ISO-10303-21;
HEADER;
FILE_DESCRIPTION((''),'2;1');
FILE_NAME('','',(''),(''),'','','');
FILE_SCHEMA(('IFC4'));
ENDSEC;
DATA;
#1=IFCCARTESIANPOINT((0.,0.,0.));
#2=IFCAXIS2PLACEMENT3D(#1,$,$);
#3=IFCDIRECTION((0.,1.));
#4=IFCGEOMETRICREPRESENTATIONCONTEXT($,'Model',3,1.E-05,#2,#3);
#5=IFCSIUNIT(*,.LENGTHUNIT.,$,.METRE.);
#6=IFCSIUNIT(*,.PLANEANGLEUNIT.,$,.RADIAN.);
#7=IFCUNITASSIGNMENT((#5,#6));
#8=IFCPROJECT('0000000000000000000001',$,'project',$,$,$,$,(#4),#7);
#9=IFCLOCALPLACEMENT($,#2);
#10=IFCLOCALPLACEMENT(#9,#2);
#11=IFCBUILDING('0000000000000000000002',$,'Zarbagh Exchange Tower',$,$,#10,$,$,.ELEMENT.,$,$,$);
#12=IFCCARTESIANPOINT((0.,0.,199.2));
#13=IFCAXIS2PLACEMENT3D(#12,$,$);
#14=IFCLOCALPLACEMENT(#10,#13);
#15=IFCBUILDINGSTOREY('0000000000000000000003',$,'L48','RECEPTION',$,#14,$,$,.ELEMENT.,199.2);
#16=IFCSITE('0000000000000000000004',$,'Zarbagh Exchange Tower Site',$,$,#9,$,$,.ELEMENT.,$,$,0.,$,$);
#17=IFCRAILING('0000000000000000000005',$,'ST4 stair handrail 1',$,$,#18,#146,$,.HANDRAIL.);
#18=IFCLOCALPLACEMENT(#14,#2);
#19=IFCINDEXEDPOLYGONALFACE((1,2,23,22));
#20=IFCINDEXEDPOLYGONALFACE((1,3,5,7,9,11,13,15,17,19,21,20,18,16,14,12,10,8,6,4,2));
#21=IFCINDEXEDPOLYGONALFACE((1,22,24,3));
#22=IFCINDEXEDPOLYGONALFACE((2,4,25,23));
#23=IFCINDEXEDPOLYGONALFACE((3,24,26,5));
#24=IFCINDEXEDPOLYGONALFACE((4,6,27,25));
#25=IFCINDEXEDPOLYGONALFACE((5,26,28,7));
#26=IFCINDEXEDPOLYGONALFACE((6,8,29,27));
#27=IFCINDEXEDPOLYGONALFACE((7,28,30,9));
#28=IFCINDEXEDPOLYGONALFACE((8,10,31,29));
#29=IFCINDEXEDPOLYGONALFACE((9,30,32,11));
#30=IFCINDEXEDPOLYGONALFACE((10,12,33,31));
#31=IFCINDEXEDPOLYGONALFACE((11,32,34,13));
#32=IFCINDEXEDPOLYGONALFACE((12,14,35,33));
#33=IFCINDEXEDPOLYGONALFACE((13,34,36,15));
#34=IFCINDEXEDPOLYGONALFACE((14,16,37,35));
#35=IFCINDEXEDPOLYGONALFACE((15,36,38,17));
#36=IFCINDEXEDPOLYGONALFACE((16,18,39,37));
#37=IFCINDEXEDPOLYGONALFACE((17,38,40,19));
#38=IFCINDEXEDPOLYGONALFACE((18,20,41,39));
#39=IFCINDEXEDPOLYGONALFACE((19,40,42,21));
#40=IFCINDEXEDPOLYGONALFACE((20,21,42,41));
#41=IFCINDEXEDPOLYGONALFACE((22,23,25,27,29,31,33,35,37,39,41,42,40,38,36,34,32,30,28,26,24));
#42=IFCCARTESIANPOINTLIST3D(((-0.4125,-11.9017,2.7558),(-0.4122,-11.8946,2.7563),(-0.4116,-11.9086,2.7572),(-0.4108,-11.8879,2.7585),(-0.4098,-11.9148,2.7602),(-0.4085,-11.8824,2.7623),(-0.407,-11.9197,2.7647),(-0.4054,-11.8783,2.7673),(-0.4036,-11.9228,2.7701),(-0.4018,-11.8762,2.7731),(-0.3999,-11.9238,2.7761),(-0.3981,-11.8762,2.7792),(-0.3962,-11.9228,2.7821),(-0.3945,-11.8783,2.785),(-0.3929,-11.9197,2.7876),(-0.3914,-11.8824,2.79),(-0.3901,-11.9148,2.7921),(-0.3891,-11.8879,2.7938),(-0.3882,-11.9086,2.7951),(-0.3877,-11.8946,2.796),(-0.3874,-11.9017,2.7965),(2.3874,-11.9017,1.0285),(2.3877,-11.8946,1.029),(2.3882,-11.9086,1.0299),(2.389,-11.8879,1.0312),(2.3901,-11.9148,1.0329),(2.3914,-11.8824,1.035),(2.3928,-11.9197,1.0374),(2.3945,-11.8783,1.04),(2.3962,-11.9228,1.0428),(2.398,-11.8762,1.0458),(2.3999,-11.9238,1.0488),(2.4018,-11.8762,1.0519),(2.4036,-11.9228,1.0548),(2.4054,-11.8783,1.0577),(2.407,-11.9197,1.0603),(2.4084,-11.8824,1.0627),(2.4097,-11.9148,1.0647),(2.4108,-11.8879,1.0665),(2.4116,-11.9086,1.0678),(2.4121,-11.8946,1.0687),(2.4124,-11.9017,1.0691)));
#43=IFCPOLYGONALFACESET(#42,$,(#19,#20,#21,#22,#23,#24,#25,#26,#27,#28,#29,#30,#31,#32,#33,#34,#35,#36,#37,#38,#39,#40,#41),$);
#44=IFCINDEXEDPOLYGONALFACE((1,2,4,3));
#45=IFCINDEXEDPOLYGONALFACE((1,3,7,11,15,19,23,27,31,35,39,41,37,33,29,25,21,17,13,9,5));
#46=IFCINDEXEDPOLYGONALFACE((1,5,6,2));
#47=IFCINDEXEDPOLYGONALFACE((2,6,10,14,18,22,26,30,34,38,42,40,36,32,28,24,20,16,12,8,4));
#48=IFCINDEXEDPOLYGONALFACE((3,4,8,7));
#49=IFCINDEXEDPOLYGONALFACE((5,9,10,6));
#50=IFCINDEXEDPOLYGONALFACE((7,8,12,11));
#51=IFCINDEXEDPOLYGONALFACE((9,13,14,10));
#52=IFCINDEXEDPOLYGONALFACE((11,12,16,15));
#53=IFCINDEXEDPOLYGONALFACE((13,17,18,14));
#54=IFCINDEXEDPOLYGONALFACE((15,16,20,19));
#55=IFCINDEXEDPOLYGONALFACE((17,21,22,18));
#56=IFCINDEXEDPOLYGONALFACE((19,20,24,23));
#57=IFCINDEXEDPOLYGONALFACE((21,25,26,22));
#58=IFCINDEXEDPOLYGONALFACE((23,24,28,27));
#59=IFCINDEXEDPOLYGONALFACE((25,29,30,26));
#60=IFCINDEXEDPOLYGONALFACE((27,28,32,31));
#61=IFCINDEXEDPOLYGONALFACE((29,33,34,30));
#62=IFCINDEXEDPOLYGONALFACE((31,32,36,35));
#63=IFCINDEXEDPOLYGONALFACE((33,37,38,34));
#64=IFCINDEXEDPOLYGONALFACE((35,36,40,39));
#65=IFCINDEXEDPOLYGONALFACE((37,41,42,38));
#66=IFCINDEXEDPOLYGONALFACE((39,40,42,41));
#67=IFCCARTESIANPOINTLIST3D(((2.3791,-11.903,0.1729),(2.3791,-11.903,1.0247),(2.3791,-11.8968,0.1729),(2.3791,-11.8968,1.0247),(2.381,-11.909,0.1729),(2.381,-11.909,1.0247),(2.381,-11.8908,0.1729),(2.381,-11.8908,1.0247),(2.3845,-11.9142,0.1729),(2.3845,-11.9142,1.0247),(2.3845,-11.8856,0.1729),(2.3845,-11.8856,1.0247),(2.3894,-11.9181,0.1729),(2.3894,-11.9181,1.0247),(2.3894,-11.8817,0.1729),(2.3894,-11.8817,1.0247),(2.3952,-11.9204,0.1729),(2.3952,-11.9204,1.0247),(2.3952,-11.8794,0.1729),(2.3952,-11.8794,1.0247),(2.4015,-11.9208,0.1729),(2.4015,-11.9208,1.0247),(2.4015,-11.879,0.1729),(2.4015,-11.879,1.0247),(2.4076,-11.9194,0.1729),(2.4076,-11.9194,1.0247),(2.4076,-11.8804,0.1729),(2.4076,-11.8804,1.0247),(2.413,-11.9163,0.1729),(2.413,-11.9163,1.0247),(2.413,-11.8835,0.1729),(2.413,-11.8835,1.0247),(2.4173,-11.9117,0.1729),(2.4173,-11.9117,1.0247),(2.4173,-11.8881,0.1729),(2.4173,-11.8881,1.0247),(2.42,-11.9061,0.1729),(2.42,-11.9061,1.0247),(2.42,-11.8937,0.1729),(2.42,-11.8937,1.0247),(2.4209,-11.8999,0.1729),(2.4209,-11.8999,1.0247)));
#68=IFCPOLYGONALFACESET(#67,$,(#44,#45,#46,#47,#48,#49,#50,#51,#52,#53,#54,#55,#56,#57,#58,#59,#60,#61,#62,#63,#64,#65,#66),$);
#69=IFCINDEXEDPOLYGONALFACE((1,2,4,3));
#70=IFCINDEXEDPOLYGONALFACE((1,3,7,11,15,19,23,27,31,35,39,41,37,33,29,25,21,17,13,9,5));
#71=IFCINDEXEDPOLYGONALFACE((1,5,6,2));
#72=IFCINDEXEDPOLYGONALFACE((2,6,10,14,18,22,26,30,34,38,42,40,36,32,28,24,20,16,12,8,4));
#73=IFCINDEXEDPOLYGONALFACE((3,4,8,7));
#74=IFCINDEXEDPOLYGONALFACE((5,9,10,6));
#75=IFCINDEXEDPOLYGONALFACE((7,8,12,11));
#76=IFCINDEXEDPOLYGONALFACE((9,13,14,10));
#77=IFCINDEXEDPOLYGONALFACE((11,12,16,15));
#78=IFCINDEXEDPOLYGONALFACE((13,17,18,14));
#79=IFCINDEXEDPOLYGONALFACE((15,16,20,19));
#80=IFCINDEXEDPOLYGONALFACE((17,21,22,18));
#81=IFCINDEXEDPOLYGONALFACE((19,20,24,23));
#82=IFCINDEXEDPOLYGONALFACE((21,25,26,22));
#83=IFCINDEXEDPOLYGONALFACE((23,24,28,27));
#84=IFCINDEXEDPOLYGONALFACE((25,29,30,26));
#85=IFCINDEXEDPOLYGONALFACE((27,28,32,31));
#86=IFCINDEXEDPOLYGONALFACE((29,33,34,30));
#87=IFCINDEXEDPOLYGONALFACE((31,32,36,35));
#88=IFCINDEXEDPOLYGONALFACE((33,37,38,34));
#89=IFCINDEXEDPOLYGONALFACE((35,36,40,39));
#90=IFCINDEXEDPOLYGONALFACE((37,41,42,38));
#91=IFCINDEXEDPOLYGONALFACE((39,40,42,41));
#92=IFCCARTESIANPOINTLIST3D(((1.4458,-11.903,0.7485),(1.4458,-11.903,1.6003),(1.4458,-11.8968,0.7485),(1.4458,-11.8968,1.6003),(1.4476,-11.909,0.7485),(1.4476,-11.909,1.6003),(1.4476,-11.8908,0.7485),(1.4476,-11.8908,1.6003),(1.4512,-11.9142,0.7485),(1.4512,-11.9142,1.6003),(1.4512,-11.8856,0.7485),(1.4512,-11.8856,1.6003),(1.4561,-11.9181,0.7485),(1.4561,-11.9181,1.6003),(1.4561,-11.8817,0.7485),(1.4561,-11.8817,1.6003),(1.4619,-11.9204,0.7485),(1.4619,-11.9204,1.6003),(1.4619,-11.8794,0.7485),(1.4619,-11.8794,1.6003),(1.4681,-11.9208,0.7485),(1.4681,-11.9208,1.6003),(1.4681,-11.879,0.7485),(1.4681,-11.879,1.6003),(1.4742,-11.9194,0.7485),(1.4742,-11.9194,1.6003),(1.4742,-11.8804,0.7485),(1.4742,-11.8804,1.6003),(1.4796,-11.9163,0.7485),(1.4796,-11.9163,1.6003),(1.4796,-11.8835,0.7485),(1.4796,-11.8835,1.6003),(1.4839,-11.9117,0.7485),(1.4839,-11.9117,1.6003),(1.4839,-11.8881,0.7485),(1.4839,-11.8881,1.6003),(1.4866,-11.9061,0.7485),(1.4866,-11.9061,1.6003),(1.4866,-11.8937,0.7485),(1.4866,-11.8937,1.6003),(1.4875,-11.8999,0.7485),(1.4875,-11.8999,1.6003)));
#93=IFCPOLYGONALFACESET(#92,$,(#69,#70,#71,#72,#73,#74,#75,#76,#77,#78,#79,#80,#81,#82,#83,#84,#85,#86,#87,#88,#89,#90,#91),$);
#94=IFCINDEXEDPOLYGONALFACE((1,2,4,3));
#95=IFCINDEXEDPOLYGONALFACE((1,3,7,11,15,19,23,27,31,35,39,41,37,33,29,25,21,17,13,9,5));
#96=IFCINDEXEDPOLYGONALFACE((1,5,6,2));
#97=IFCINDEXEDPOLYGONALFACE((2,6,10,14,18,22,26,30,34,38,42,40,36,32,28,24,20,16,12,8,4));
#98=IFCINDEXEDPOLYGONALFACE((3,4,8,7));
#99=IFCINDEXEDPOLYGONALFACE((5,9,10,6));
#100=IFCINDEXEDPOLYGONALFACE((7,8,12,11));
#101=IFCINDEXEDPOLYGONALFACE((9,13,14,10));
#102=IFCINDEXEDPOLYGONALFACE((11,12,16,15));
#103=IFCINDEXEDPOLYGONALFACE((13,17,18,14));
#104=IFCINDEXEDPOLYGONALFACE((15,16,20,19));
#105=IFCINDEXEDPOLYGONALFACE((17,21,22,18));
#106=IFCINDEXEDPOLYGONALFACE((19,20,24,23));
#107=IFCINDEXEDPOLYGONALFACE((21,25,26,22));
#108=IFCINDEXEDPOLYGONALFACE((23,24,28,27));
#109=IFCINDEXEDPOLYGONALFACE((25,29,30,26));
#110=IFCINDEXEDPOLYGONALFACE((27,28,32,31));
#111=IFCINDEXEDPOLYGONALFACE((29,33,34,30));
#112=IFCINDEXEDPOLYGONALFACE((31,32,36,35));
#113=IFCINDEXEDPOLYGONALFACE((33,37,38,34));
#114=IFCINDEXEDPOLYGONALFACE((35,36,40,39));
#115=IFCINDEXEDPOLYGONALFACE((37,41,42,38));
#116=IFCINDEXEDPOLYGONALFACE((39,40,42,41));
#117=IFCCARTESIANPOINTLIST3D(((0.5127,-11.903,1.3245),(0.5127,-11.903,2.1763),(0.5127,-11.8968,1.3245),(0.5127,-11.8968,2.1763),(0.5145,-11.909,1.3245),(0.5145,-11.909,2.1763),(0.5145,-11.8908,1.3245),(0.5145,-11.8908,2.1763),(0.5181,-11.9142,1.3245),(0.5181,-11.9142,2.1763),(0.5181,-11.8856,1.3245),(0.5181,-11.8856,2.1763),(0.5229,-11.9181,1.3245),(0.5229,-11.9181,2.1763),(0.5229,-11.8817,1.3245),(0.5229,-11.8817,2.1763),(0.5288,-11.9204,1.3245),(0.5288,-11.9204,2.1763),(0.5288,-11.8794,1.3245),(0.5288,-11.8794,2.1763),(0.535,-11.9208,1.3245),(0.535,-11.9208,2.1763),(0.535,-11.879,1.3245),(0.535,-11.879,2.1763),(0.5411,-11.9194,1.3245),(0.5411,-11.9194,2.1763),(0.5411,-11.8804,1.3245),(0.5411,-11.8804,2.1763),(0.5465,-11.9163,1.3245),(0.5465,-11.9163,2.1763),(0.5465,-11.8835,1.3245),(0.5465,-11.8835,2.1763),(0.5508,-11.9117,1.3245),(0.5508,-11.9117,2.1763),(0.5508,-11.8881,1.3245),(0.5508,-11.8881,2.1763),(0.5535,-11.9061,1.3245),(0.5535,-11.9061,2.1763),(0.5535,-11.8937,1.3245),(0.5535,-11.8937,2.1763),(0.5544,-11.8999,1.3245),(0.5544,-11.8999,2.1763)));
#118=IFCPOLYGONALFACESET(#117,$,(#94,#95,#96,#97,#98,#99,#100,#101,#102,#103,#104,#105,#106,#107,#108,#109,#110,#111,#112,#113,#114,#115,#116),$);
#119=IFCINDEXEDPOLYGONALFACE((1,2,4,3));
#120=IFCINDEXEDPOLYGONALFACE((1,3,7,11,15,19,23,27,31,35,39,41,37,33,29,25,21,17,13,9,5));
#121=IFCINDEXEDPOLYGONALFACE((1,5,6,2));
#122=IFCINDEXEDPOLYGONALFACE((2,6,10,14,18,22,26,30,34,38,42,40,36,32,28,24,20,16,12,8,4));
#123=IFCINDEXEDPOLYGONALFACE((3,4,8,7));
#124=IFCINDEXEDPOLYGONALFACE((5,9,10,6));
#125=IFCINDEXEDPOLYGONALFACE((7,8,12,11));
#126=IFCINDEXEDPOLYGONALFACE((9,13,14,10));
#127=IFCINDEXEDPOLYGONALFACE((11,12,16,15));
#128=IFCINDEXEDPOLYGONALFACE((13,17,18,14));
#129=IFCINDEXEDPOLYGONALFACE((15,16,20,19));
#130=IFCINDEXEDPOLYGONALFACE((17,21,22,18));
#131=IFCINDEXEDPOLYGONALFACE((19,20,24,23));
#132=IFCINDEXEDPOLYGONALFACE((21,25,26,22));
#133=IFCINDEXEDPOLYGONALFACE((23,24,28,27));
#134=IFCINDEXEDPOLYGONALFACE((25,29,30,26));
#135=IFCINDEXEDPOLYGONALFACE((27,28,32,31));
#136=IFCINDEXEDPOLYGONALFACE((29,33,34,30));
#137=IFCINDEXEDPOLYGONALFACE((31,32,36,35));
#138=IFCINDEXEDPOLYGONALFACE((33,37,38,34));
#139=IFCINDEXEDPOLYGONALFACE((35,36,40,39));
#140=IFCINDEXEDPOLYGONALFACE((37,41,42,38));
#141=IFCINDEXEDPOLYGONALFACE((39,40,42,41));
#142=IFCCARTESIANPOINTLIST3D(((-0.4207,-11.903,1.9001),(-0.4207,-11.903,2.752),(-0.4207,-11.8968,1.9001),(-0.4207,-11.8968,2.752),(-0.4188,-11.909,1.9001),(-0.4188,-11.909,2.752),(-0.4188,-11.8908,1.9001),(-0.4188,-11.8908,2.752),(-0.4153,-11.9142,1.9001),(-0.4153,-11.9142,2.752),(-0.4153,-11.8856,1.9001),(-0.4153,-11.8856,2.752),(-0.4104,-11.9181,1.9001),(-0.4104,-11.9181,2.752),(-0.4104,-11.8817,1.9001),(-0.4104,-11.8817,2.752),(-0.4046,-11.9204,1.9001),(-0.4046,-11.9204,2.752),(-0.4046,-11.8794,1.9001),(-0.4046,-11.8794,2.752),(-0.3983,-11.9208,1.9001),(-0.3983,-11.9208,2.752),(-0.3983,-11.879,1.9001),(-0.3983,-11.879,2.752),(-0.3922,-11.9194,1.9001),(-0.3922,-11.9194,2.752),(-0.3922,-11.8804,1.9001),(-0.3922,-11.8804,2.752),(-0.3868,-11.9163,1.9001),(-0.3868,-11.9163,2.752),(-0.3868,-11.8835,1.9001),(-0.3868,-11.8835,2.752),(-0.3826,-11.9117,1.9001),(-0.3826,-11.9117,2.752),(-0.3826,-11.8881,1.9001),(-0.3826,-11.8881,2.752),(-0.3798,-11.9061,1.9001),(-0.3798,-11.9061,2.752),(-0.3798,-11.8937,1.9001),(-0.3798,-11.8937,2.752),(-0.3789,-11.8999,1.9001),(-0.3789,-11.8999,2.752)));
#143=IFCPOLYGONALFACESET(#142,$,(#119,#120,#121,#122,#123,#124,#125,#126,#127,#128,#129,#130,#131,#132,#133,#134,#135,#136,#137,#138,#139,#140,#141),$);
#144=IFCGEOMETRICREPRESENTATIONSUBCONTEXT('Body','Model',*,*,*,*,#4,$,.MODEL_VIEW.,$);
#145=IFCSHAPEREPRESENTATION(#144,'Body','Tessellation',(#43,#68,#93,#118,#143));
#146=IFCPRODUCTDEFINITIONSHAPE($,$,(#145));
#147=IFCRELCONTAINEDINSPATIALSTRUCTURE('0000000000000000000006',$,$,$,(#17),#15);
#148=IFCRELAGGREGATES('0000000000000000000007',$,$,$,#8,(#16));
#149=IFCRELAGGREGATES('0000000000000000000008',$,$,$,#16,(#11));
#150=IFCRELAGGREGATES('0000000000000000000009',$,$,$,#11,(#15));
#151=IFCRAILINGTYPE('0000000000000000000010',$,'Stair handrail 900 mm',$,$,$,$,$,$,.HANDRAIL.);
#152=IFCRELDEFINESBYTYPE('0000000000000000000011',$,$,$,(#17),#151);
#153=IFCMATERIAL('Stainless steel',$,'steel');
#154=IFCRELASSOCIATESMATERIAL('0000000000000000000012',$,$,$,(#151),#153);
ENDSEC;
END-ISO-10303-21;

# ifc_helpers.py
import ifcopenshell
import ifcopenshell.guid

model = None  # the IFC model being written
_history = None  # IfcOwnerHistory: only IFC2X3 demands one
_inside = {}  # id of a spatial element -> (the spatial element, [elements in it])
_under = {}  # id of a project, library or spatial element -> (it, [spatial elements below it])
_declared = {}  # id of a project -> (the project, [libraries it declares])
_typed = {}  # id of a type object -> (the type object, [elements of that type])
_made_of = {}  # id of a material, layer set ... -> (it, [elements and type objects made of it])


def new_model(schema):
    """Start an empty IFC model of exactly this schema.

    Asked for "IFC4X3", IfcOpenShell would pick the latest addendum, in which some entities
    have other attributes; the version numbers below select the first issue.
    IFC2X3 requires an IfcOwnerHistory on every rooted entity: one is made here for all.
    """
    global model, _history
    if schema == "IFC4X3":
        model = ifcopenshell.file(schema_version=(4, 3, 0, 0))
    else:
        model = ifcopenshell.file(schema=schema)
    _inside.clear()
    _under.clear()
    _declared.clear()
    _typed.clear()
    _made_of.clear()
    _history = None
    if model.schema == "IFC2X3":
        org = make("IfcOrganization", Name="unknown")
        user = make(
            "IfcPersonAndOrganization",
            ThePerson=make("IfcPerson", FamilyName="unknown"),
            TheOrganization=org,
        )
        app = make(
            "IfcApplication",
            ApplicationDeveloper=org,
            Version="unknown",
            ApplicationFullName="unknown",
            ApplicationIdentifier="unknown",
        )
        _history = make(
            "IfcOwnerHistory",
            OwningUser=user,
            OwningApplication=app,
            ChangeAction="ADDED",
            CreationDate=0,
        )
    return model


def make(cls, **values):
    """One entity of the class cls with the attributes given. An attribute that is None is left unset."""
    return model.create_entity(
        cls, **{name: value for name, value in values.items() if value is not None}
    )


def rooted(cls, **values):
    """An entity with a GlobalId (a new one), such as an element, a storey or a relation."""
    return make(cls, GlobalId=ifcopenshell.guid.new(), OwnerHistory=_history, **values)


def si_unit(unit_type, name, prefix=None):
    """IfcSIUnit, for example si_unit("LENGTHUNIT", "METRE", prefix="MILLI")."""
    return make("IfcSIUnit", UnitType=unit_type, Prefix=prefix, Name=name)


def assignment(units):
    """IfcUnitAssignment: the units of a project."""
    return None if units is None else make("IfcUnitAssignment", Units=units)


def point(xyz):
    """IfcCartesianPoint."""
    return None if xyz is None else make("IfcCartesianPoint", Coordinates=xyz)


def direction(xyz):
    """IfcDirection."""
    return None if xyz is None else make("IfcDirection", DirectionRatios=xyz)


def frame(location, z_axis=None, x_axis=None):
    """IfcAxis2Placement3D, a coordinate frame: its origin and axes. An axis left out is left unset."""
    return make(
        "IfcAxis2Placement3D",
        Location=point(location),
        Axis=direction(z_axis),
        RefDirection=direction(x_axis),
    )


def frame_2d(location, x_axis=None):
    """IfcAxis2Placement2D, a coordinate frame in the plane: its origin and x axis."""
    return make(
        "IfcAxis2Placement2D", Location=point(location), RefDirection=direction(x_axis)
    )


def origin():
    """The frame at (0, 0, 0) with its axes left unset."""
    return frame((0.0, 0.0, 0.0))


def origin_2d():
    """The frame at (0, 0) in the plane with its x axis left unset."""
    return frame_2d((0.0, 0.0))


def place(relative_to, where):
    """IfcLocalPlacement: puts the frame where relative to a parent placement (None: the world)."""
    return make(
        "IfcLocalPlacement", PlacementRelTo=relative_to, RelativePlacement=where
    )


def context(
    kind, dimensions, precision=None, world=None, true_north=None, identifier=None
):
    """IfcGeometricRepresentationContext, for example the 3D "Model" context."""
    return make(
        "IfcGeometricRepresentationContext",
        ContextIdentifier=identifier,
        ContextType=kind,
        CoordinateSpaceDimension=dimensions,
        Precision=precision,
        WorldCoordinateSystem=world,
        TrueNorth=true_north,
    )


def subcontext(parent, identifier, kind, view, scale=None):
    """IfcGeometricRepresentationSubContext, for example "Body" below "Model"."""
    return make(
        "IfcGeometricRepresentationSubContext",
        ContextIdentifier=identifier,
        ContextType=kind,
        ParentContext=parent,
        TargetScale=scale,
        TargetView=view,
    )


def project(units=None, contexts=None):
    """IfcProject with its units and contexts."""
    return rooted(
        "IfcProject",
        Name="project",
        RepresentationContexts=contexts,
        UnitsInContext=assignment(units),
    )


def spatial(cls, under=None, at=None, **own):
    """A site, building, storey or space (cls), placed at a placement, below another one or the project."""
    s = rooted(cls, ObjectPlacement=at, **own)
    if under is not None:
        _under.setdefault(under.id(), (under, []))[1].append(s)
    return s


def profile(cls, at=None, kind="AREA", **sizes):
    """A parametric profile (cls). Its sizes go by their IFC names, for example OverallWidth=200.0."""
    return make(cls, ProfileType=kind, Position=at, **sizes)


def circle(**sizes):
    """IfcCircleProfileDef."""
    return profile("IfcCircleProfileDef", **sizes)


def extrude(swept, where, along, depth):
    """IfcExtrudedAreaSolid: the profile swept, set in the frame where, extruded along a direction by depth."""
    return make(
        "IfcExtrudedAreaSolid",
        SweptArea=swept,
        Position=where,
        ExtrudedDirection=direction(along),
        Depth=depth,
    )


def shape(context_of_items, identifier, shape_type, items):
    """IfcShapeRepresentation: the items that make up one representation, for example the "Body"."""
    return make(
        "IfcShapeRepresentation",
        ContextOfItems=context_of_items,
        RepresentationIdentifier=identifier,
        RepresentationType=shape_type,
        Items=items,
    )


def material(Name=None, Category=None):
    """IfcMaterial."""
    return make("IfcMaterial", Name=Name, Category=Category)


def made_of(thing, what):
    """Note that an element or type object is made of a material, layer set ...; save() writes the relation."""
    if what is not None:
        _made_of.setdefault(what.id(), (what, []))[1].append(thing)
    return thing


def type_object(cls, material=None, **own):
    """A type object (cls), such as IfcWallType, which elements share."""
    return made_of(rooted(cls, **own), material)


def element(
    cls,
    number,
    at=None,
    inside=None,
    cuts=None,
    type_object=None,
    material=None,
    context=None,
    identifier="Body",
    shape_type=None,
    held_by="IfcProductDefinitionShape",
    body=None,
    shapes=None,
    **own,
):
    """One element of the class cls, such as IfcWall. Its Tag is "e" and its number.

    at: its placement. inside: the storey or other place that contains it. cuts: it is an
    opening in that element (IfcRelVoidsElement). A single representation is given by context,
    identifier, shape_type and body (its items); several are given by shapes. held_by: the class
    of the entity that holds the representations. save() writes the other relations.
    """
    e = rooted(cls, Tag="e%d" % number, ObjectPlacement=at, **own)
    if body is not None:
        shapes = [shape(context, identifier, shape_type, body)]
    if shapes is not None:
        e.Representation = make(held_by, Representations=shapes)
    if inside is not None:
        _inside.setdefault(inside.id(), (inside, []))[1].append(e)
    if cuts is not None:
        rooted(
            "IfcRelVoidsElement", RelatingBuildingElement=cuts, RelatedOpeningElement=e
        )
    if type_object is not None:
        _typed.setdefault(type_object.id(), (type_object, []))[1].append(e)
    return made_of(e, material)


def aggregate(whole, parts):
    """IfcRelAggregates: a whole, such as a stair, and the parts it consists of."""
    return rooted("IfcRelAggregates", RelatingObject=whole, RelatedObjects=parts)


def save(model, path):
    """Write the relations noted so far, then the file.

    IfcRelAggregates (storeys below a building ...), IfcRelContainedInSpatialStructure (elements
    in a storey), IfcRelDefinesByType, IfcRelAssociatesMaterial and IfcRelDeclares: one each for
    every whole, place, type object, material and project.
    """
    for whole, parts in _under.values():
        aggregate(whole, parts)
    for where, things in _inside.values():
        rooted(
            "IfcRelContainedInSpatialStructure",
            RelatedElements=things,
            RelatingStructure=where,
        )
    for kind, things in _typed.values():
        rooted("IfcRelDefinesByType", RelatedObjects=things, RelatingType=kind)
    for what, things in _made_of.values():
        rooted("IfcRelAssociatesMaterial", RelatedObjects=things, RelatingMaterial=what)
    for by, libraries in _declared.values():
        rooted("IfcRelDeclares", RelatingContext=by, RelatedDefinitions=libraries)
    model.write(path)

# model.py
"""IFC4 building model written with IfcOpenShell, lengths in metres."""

from ifc_helpers import new_model, si_unit, direction, frame, origin, origin_2d, place, context, subcontext, project, spatial, circle, extrude, material, type_object, element, save


model = new_model("IFC4")

# Units and contexts
model_context = context("Model", 3, precision=1e-05, world=origin(), true_north=direction((0.0, 1.0)))
body_context = subcontext(model_context, "Body", "Model", "MODEL_VIEW")
ifc_project = project(units=[si_unit("LENGTHUNIT", "METRE"), si_unit("PLANEANGLEUNIT", "RADIAN")], contexts=[model_context])

# Site, building, storey
site_placement = place(None, origin())
site = spatial("IfcSite", under=ifc_project, at=site_placement, Name="Zarbagh Exchange Tower Site", CompositionType="ELEMENT", RefElevation=0.0)
building_placement = place(site_placement, origin())
building = spatial("IfcBuilding", under=site, at=building_placement, Name="Zarbagh Exchange Tower", CompositionType="ELEMENT")
storey_placement = place(building_placement, frame((0.0, 0.0, 199.2)))
storey = spatial("IfcBuildingStorey", under=building, at=storey_placement, Name="L48", Description="RECEPTION", CompositionType="ELEMENT", Elevation=199.2)

# Shared definitions
ifc_material_1 = material(Name="Stainless steel", Category="steel")

# Railing
railing_type_1 = type_object("IfcRailingType", Name="Stair handrail 900 mm", PredefinedType="HANDRAIL", material=ifc_material_1)
railing_1_placement = place(storey_placement, frame((2.3999, -11.8999, 0.1729)))
element("IfcRailing", 1, at=railing_1_placement, inside=storey, type_object=railing_type_1, Name="ST4 stair handrail 1", PredefinedType="HANDRAIL", context=body_context, shape_type="SweptSolid", body=[
    extrude(circle(Radius=0.0239, at=origin_2d()), frame((0.0, 0.0, 0.876), z_axis=(-0.851069, 0.0, 0.525054), x_axis=(0.0, -1.0, 0.0)), (0.0, 0.0, 1.0), 3.2898),
    extrude(circle(Radius=0.021, at=origin_2d()), origin(), (0.0, 0.0, 1.0), 0.8518),
    extrude(circle(Radius=0.021, at=origin_2d()), frame((-0.9333, 0.0, 0.5757)), (0.0, 0.0, 1.0), 0.8518),
    extrude(circle(Radius=0.021, at=origin_2d()), frame((-1.8665, 0.0, 1.1516)), (0.0, 0.0, 1.0), 0.8518),
    extrude(circle(Radius=0.021, at=origin_2d()), frame((-2.7998, 0.0, 1.7273)), (0.0, 0.0, 1.0), 0.8518),
])

save(model, "model.ifc")
